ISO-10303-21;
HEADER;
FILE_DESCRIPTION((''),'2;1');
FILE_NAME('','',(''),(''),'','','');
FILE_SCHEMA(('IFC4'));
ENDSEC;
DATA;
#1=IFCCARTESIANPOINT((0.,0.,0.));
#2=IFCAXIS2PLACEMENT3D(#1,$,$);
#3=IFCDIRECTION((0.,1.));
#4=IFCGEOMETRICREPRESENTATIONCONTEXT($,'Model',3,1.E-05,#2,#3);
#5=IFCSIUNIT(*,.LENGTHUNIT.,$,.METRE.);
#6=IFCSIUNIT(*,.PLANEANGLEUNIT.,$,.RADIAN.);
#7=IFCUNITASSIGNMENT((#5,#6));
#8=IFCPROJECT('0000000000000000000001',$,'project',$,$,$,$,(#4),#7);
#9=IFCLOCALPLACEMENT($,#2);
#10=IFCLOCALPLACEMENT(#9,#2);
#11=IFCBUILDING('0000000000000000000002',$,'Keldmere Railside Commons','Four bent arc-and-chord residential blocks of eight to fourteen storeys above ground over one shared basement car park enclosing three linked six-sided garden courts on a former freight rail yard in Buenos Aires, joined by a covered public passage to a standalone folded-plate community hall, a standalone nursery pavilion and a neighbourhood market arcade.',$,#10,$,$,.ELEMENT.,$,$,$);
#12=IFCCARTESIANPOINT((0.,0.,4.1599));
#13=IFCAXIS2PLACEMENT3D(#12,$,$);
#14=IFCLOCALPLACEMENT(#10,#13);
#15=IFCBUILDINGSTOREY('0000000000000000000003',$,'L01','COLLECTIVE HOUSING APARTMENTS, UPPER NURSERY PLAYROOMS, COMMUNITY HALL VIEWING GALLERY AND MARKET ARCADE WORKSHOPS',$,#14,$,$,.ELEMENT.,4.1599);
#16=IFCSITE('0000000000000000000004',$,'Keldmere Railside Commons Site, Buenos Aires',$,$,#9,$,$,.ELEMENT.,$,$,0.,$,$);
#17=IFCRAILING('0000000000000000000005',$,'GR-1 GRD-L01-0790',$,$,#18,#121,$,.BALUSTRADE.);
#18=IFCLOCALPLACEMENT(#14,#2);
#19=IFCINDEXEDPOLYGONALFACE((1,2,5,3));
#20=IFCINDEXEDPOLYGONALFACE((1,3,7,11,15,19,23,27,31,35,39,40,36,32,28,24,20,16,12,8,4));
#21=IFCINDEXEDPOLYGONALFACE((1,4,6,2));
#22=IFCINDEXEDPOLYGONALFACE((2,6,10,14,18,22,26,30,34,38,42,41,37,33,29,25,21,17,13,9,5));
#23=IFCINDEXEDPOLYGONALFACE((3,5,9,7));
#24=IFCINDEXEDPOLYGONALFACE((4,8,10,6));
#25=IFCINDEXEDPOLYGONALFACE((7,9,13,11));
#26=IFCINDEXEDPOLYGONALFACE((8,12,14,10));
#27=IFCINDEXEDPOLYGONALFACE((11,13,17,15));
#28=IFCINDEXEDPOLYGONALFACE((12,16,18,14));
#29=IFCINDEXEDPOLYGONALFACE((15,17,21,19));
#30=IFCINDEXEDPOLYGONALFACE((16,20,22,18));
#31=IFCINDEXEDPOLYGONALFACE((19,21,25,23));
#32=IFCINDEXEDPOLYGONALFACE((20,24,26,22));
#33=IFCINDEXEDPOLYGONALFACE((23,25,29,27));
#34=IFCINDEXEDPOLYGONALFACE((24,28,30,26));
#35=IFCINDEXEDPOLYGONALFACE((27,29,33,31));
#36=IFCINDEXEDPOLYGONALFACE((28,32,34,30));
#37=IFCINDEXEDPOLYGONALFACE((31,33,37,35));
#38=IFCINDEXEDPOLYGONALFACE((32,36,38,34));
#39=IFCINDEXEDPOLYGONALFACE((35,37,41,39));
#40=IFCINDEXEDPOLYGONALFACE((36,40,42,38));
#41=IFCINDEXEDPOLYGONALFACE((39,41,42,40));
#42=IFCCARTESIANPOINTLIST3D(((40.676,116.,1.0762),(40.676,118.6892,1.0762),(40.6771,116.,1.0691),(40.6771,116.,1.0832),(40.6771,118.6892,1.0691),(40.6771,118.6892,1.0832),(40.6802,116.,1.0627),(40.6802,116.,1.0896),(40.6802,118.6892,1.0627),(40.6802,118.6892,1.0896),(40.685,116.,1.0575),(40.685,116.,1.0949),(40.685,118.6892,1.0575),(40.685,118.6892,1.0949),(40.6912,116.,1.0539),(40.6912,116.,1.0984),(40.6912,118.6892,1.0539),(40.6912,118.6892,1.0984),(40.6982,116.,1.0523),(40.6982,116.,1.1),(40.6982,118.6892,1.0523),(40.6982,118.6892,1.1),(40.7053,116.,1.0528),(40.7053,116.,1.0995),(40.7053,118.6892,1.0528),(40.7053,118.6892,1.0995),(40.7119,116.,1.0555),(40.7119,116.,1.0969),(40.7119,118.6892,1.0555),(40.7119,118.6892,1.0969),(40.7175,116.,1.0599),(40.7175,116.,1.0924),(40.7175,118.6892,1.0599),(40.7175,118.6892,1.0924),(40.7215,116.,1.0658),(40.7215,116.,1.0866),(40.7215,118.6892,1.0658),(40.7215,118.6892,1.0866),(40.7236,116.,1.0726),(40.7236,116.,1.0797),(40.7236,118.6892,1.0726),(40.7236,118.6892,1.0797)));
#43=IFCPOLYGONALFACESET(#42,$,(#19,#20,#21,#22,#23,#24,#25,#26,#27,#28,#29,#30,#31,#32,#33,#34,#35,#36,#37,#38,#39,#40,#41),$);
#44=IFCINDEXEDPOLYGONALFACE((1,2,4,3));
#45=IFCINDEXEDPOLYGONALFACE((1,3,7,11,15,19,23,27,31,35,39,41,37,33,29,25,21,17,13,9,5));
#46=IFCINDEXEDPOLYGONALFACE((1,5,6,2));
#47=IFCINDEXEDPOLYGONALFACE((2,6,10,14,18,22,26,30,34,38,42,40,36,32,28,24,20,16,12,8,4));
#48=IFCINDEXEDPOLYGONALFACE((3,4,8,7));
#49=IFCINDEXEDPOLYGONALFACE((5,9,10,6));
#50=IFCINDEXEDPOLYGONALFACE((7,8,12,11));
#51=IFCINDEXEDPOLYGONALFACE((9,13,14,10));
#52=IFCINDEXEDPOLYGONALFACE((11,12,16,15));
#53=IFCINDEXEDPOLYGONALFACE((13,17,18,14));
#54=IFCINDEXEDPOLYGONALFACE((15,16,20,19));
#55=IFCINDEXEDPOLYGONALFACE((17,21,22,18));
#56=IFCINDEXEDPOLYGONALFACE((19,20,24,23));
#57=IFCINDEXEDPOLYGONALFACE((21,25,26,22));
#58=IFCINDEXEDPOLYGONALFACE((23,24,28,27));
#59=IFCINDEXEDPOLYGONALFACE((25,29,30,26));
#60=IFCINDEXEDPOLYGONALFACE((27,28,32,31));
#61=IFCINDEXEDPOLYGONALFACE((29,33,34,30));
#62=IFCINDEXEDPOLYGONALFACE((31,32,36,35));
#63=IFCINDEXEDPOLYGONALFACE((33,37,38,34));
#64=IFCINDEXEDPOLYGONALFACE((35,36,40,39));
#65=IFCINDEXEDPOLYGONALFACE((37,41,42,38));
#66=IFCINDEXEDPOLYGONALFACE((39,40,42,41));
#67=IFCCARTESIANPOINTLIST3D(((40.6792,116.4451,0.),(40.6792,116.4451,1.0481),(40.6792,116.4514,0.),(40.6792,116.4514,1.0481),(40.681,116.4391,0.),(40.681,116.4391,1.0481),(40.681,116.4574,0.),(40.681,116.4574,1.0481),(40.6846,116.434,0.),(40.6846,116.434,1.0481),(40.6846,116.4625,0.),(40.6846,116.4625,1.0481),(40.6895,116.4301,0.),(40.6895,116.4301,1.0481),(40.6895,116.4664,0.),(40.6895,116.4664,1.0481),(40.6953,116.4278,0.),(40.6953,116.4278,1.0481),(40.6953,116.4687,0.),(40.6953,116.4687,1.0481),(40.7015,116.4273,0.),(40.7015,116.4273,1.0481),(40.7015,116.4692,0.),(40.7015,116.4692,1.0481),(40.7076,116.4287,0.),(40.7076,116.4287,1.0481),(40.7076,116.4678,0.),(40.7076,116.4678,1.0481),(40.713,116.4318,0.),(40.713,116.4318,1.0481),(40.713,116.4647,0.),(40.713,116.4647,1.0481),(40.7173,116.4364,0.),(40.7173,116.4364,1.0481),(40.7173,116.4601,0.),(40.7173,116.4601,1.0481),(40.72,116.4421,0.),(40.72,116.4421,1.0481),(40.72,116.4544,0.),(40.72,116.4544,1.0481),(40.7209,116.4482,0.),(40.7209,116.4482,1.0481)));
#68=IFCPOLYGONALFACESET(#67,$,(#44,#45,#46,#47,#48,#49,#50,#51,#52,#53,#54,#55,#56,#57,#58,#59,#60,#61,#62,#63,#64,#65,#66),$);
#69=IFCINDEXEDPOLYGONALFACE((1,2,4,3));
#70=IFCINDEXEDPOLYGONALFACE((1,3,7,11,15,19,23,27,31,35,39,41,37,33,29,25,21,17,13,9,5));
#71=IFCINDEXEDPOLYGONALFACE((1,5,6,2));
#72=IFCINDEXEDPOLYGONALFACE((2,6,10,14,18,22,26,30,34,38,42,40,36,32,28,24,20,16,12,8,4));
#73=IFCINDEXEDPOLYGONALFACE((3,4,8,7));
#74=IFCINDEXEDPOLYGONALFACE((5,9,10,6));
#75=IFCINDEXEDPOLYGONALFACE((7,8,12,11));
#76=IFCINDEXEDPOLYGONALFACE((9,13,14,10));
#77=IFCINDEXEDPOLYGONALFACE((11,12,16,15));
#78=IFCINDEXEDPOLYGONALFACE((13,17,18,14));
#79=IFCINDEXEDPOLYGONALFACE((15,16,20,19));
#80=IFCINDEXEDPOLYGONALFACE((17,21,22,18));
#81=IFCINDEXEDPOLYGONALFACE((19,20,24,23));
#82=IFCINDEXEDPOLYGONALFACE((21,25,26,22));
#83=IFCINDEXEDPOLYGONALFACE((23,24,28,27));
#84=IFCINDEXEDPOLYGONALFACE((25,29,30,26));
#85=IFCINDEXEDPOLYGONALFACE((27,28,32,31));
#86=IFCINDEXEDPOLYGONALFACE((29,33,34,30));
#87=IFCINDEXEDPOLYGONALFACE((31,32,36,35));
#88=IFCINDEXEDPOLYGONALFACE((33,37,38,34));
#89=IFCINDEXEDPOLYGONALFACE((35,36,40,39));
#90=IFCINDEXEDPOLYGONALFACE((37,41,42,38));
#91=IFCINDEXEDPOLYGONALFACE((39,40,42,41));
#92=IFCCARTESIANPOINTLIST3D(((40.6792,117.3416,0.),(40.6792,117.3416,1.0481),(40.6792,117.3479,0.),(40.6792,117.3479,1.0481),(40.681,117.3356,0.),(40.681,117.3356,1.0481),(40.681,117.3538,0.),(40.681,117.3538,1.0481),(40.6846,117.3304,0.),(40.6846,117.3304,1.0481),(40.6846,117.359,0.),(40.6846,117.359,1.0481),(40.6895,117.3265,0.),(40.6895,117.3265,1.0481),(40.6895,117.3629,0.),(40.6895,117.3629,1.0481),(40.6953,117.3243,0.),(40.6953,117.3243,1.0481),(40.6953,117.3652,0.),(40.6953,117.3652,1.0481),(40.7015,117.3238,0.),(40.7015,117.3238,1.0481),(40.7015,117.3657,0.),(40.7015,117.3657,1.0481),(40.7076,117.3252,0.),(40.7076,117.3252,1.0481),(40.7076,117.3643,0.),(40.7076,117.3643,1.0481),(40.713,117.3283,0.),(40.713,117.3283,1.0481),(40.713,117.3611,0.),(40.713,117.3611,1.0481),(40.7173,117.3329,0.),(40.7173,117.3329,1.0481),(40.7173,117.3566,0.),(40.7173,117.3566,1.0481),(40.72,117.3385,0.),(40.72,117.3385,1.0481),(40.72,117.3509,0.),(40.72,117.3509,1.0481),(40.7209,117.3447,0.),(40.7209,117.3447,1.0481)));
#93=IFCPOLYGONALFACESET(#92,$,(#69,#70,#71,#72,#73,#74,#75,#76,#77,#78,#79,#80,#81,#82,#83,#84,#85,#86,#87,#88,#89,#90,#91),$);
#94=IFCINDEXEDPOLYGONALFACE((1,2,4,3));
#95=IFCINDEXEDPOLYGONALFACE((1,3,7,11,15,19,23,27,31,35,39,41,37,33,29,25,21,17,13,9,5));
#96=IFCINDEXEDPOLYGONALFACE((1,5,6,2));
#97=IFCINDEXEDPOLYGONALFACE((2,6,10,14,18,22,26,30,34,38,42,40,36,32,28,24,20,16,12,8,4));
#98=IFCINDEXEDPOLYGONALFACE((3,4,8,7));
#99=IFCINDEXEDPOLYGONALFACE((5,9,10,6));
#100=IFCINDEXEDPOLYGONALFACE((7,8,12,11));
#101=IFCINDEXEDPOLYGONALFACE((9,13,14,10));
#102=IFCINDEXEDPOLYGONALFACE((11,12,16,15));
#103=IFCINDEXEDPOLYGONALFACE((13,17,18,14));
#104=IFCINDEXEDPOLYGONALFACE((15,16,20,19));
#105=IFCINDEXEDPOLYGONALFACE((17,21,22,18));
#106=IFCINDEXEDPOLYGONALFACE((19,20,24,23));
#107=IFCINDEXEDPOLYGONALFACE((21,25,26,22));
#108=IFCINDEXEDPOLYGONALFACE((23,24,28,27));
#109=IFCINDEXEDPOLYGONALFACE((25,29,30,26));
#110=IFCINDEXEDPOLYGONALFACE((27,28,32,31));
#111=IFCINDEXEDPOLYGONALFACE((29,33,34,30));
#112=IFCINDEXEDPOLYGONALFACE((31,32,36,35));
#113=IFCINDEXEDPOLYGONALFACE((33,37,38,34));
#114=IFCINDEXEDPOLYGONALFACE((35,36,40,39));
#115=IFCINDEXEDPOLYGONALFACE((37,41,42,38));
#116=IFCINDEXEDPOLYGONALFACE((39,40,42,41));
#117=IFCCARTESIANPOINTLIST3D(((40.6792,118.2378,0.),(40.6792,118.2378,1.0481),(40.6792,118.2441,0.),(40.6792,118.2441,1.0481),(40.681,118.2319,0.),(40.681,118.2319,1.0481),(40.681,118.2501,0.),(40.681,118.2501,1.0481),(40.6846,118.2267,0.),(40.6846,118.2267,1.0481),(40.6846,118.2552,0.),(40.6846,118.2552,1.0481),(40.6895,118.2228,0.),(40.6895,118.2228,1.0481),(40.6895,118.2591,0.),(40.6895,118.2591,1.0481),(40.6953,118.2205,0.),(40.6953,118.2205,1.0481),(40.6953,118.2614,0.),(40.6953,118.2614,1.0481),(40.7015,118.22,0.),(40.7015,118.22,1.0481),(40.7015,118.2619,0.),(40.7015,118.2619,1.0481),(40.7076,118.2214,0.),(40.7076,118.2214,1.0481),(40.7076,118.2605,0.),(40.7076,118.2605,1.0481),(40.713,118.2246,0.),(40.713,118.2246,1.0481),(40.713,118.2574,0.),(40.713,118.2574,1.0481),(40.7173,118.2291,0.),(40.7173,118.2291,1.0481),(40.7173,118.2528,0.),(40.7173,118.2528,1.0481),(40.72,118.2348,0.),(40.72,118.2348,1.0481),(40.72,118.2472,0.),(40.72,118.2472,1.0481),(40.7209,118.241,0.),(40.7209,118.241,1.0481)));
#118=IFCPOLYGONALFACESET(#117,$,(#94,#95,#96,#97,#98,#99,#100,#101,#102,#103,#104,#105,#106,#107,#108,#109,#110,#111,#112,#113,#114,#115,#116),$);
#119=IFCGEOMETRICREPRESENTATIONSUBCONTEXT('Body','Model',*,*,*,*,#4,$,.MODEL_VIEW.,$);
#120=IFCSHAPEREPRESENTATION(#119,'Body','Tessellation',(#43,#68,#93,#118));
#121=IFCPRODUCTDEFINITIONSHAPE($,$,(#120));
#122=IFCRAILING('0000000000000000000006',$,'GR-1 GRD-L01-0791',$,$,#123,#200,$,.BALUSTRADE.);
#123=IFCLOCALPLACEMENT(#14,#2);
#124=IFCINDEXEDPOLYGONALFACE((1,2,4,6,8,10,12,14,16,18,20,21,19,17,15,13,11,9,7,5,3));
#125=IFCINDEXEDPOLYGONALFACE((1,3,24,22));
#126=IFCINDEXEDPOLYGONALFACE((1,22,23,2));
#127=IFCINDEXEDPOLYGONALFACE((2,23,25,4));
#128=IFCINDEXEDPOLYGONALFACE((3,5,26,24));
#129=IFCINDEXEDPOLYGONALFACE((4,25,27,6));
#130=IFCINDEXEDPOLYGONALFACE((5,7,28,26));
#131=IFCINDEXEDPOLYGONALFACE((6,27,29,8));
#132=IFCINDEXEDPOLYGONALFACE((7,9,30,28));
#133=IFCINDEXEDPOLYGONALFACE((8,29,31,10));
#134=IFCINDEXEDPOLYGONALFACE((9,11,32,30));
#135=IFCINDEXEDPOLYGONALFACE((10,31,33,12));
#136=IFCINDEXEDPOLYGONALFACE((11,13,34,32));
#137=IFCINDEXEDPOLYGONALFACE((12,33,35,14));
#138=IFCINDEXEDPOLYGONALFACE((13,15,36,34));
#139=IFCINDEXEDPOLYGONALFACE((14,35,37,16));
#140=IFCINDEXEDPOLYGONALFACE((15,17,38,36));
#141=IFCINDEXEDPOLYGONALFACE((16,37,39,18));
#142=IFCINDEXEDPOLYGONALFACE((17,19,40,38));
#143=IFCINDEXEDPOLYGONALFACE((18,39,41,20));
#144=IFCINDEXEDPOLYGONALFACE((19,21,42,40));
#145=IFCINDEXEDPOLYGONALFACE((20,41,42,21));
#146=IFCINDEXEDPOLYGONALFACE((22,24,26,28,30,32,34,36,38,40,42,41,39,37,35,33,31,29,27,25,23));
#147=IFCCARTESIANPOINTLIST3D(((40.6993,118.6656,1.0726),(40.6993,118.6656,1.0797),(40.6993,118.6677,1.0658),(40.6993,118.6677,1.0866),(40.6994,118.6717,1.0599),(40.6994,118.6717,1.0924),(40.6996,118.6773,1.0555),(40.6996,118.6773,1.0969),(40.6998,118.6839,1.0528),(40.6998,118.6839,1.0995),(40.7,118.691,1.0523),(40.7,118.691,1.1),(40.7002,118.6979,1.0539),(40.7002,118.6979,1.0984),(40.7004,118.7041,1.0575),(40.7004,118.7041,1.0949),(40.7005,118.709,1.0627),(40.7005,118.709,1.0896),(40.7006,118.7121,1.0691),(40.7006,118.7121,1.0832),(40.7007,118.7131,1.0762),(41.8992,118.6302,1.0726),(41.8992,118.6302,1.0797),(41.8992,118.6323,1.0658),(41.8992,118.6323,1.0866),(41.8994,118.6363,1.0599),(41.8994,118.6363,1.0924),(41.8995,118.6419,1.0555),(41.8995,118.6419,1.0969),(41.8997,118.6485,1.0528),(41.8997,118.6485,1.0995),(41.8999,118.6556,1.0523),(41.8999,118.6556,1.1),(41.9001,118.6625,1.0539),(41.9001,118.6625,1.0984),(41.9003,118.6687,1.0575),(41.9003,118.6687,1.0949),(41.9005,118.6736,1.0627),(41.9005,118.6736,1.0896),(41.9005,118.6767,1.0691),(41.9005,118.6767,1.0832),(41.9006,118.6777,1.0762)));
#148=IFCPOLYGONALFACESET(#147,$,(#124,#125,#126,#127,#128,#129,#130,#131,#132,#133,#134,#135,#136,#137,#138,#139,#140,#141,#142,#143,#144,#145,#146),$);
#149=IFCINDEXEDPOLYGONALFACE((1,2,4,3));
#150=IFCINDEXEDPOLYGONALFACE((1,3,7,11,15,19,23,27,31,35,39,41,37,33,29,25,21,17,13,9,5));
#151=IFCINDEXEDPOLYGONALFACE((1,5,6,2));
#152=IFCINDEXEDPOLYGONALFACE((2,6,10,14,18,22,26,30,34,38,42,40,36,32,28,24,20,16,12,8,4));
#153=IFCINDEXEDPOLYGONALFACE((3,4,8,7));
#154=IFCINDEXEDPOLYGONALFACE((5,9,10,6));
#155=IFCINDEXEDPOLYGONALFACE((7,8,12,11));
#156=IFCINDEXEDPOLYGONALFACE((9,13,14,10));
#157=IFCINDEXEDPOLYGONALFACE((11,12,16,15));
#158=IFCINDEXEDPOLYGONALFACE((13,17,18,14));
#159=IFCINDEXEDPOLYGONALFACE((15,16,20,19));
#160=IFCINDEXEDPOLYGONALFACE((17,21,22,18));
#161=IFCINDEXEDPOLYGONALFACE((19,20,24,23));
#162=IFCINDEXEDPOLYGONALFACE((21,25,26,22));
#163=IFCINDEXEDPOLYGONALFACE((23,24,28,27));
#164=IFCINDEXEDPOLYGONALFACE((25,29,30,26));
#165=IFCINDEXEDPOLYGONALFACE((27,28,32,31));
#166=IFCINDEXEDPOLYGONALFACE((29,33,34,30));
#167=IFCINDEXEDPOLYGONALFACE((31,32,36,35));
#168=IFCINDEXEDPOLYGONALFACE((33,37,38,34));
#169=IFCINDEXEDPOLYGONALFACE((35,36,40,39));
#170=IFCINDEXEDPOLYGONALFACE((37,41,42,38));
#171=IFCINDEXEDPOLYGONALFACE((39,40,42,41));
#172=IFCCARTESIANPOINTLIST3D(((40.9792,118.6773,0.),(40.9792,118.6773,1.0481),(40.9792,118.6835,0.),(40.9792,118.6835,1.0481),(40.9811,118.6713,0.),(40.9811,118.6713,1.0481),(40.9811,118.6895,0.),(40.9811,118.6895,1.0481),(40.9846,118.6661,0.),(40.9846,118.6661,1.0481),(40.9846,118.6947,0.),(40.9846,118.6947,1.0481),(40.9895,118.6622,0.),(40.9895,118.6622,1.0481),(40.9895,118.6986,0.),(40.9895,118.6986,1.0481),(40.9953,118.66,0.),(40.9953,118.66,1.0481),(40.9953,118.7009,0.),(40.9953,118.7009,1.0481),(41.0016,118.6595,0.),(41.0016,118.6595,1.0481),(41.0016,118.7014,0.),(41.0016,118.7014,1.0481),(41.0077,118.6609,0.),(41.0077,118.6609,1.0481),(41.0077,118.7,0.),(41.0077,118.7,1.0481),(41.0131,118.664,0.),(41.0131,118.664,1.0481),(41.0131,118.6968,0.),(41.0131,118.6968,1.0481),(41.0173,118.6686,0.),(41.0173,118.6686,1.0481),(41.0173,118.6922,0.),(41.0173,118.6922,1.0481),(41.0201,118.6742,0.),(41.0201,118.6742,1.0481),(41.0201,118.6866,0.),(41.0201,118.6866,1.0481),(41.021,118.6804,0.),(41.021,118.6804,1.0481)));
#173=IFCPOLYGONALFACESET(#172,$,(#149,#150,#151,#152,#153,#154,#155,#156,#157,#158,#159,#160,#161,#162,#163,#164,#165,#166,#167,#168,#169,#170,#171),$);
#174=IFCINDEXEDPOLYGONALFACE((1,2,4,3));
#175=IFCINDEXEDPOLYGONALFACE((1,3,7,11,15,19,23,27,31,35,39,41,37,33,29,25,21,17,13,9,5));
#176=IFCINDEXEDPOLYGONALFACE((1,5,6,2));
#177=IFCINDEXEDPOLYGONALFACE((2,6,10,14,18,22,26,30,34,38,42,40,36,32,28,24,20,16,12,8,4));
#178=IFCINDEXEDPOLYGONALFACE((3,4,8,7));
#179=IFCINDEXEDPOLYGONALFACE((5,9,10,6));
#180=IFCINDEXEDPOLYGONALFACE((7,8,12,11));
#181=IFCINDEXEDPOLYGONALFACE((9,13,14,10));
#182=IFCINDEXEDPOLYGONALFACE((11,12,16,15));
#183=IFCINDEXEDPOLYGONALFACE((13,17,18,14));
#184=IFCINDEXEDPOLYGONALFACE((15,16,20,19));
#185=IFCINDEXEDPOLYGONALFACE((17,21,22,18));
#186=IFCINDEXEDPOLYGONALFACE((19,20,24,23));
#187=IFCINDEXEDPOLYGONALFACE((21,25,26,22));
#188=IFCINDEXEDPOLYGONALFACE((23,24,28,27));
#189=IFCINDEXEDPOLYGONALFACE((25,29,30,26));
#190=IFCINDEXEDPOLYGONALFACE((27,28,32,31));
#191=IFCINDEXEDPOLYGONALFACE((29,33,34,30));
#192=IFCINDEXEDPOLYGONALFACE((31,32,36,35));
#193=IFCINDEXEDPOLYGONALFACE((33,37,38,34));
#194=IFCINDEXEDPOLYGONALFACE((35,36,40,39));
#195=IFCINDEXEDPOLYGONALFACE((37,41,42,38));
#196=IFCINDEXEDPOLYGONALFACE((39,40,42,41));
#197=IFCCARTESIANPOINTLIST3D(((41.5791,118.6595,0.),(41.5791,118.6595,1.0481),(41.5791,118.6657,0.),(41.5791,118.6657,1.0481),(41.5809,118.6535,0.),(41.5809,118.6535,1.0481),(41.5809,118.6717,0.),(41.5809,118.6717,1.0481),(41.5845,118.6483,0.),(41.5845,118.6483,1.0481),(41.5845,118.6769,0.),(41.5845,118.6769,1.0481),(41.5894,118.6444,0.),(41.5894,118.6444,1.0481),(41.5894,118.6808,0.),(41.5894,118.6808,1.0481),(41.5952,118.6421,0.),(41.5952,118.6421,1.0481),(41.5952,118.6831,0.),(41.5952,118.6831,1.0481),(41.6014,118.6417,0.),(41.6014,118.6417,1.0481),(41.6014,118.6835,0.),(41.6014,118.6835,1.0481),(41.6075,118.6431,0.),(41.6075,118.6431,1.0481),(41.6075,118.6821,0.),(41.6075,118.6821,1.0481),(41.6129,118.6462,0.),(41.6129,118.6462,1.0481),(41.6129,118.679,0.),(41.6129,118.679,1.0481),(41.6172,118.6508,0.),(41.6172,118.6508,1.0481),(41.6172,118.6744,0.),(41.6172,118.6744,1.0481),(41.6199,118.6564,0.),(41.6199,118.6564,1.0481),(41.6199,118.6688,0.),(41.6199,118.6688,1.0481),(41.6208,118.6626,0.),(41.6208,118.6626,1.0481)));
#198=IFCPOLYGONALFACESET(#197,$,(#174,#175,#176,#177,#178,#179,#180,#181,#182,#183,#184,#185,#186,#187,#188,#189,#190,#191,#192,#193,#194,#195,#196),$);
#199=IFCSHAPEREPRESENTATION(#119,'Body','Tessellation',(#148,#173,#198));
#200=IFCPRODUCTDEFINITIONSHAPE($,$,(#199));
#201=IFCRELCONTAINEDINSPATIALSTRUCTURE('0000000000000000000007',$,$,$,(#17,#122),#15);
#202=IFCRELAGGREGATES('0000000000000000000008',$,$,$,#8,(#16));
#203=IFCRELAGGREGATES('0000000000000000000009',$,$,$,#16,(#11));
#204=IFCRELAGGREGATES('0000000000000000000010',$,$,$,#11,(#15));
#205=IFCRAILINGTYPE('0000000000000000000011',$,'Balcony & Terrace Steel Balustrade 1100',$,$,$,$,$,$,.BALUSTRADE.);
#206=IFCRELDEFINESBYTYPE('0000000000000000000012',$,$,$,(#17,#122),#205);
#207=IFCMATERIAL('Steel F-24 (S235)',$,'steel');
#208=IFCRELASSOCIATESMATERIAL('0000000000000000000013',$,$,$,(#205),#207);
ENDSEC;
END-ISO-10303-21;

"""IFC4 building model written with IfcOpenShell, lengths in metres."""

from ifc_helpers import new_model, si_unit, direction, frame, origin, origin_2d, place, context, subcontext, project, spatial, circle, extrude, material, type_object, element, save


model = new_model("IFC4")

# Units and contexts
model_context = context("Model", 3, precision=1e-05, world=origin(), true_north=direction((0.0, 1.0)))
body_context = subcontext(model_context, "Body", "Model", "MODEL_VIEW")
ifc_project = project(units=[si_unit("LENGTHUNIT", "METRE"), si_unit("PLANEANGLEUNIT", "RADIAN")], contexts=[model_context])

# Site, building, storey
site_placement = place(None, origin())
site = spatial("IfcSite", under=ifc_project, at=site_placement, Name="Keldmere Railside Commons Site, Buenos Aires", CompositionType="ELEMENT", RefElevation=0.0)
building_placement = place(site_placement, origin())
building = spatial("IfcBuilding", under=site, at=building_placement, Name="Keldmere Railside Commons", Description="Four bent arc-and-chord residential blocks of eight to fourteen storeys above ground over one shared basement car park enclosing three linked six-sided garden courts on a former freight rail yard in Buenos Aires, joined by a covered public passage to a standalone folded-plate community hall, a standalone nursery pavilion and a neighbourhood market arcade.", CompositionType="ELEMENT")
storey_placement = place(building_placement, frame((0.0, 0.0, 4.1599)))
storey = spatial("IfcBuildingStorey", under=building, at=storey_placement, Name="L01", Description="COLLECTIVE HOUSING APARTMENTS, UPPER NURSERY PLAYROOMS, COMMUNITY HALL VIEWING GALLERY AND MARKET ARCADE WORKSHOPS", CompositionType="ELEMENT", Elevation=4.1599)

# Railings
ifc_material_1 = material(Name="Steel F-24 (S235)", Category="steel")
railing_type = type_object("IfcRailingType", Name="Balcony & Terrace Steel Balustrade 1100", PredefinedType="BALUSTRADE", material=ifc_material_1)
railing_1_placement = place(storey_placement, frame((40.7, 116.0, 0.0)))
element("IfcRailing", 1, at=railing_1_placement, inside=storey, type_object=railing_type, Name="GR-1 GRD-L01-0790", PredefinedType="BALUSTRADE", context=body_context, shape_type="SweptSolid", body=[
    extrude(circle(Radius=0.0239, at=origin_2d()), frame((0.0, 0.0, 1.0762), z_axis=(0.0, 1.0, 0.0), x_axis=(-1.0, 0.0, 0.0)), (0.0, 0.0, 1.0), 2.6892),
    extrude(circle(Radius=0.021, at=origin_2d()), frame((0.0, 0.4482, 0.0)), (0.0, 0.0, 1.0), 1.0481),
    extrude(circle(Radius=0.021, at=origin_2d()), frame((0.0, 1.3447, 0.0)), (0.0, 0.0, 1.0), 1.0481),
    extrude(circle(Radius=0.021, at=origin_2d()), frame((0.0, 2.241, 0.0)), (0.0, 0.0, 1.0), 1.0481),
])
railing_2_placement = place(storey_placement, frame((40.7, 118.6892, 0.0)))
element("IfcRailing", 2, at=railing_2_placement, inside=storey, type_object=railing_type, Name="GR-1 GRD-L01-0791", PredefinedType="BALUSTRADE", context=body_context, shape_type="SweptSolid", body=[
    extrude(circle(Radius=0.0239, at=origin_2d()), frame((0.0, 0.0, 1.0762), z_axis=(0.999565, -0.029489, 0.0), x_axis=(0.029489, 0.999565, 0.0)), (0.0, 0.0, 1.0), 1.2004),
    extrude(circle(Radius=0.021, at=origin_2d()), frame((0.3, -0.0088, 0.0)), (0.0, 0.0, 1.0), 1.0481),
    extrude(circle(Radius=0.021, at=origin_2d()), frame((0.8999, -0.0266, 0.0)), (0.0, 0.0, 1.0), 1.0481),
])

save(model, "model.ifc")
